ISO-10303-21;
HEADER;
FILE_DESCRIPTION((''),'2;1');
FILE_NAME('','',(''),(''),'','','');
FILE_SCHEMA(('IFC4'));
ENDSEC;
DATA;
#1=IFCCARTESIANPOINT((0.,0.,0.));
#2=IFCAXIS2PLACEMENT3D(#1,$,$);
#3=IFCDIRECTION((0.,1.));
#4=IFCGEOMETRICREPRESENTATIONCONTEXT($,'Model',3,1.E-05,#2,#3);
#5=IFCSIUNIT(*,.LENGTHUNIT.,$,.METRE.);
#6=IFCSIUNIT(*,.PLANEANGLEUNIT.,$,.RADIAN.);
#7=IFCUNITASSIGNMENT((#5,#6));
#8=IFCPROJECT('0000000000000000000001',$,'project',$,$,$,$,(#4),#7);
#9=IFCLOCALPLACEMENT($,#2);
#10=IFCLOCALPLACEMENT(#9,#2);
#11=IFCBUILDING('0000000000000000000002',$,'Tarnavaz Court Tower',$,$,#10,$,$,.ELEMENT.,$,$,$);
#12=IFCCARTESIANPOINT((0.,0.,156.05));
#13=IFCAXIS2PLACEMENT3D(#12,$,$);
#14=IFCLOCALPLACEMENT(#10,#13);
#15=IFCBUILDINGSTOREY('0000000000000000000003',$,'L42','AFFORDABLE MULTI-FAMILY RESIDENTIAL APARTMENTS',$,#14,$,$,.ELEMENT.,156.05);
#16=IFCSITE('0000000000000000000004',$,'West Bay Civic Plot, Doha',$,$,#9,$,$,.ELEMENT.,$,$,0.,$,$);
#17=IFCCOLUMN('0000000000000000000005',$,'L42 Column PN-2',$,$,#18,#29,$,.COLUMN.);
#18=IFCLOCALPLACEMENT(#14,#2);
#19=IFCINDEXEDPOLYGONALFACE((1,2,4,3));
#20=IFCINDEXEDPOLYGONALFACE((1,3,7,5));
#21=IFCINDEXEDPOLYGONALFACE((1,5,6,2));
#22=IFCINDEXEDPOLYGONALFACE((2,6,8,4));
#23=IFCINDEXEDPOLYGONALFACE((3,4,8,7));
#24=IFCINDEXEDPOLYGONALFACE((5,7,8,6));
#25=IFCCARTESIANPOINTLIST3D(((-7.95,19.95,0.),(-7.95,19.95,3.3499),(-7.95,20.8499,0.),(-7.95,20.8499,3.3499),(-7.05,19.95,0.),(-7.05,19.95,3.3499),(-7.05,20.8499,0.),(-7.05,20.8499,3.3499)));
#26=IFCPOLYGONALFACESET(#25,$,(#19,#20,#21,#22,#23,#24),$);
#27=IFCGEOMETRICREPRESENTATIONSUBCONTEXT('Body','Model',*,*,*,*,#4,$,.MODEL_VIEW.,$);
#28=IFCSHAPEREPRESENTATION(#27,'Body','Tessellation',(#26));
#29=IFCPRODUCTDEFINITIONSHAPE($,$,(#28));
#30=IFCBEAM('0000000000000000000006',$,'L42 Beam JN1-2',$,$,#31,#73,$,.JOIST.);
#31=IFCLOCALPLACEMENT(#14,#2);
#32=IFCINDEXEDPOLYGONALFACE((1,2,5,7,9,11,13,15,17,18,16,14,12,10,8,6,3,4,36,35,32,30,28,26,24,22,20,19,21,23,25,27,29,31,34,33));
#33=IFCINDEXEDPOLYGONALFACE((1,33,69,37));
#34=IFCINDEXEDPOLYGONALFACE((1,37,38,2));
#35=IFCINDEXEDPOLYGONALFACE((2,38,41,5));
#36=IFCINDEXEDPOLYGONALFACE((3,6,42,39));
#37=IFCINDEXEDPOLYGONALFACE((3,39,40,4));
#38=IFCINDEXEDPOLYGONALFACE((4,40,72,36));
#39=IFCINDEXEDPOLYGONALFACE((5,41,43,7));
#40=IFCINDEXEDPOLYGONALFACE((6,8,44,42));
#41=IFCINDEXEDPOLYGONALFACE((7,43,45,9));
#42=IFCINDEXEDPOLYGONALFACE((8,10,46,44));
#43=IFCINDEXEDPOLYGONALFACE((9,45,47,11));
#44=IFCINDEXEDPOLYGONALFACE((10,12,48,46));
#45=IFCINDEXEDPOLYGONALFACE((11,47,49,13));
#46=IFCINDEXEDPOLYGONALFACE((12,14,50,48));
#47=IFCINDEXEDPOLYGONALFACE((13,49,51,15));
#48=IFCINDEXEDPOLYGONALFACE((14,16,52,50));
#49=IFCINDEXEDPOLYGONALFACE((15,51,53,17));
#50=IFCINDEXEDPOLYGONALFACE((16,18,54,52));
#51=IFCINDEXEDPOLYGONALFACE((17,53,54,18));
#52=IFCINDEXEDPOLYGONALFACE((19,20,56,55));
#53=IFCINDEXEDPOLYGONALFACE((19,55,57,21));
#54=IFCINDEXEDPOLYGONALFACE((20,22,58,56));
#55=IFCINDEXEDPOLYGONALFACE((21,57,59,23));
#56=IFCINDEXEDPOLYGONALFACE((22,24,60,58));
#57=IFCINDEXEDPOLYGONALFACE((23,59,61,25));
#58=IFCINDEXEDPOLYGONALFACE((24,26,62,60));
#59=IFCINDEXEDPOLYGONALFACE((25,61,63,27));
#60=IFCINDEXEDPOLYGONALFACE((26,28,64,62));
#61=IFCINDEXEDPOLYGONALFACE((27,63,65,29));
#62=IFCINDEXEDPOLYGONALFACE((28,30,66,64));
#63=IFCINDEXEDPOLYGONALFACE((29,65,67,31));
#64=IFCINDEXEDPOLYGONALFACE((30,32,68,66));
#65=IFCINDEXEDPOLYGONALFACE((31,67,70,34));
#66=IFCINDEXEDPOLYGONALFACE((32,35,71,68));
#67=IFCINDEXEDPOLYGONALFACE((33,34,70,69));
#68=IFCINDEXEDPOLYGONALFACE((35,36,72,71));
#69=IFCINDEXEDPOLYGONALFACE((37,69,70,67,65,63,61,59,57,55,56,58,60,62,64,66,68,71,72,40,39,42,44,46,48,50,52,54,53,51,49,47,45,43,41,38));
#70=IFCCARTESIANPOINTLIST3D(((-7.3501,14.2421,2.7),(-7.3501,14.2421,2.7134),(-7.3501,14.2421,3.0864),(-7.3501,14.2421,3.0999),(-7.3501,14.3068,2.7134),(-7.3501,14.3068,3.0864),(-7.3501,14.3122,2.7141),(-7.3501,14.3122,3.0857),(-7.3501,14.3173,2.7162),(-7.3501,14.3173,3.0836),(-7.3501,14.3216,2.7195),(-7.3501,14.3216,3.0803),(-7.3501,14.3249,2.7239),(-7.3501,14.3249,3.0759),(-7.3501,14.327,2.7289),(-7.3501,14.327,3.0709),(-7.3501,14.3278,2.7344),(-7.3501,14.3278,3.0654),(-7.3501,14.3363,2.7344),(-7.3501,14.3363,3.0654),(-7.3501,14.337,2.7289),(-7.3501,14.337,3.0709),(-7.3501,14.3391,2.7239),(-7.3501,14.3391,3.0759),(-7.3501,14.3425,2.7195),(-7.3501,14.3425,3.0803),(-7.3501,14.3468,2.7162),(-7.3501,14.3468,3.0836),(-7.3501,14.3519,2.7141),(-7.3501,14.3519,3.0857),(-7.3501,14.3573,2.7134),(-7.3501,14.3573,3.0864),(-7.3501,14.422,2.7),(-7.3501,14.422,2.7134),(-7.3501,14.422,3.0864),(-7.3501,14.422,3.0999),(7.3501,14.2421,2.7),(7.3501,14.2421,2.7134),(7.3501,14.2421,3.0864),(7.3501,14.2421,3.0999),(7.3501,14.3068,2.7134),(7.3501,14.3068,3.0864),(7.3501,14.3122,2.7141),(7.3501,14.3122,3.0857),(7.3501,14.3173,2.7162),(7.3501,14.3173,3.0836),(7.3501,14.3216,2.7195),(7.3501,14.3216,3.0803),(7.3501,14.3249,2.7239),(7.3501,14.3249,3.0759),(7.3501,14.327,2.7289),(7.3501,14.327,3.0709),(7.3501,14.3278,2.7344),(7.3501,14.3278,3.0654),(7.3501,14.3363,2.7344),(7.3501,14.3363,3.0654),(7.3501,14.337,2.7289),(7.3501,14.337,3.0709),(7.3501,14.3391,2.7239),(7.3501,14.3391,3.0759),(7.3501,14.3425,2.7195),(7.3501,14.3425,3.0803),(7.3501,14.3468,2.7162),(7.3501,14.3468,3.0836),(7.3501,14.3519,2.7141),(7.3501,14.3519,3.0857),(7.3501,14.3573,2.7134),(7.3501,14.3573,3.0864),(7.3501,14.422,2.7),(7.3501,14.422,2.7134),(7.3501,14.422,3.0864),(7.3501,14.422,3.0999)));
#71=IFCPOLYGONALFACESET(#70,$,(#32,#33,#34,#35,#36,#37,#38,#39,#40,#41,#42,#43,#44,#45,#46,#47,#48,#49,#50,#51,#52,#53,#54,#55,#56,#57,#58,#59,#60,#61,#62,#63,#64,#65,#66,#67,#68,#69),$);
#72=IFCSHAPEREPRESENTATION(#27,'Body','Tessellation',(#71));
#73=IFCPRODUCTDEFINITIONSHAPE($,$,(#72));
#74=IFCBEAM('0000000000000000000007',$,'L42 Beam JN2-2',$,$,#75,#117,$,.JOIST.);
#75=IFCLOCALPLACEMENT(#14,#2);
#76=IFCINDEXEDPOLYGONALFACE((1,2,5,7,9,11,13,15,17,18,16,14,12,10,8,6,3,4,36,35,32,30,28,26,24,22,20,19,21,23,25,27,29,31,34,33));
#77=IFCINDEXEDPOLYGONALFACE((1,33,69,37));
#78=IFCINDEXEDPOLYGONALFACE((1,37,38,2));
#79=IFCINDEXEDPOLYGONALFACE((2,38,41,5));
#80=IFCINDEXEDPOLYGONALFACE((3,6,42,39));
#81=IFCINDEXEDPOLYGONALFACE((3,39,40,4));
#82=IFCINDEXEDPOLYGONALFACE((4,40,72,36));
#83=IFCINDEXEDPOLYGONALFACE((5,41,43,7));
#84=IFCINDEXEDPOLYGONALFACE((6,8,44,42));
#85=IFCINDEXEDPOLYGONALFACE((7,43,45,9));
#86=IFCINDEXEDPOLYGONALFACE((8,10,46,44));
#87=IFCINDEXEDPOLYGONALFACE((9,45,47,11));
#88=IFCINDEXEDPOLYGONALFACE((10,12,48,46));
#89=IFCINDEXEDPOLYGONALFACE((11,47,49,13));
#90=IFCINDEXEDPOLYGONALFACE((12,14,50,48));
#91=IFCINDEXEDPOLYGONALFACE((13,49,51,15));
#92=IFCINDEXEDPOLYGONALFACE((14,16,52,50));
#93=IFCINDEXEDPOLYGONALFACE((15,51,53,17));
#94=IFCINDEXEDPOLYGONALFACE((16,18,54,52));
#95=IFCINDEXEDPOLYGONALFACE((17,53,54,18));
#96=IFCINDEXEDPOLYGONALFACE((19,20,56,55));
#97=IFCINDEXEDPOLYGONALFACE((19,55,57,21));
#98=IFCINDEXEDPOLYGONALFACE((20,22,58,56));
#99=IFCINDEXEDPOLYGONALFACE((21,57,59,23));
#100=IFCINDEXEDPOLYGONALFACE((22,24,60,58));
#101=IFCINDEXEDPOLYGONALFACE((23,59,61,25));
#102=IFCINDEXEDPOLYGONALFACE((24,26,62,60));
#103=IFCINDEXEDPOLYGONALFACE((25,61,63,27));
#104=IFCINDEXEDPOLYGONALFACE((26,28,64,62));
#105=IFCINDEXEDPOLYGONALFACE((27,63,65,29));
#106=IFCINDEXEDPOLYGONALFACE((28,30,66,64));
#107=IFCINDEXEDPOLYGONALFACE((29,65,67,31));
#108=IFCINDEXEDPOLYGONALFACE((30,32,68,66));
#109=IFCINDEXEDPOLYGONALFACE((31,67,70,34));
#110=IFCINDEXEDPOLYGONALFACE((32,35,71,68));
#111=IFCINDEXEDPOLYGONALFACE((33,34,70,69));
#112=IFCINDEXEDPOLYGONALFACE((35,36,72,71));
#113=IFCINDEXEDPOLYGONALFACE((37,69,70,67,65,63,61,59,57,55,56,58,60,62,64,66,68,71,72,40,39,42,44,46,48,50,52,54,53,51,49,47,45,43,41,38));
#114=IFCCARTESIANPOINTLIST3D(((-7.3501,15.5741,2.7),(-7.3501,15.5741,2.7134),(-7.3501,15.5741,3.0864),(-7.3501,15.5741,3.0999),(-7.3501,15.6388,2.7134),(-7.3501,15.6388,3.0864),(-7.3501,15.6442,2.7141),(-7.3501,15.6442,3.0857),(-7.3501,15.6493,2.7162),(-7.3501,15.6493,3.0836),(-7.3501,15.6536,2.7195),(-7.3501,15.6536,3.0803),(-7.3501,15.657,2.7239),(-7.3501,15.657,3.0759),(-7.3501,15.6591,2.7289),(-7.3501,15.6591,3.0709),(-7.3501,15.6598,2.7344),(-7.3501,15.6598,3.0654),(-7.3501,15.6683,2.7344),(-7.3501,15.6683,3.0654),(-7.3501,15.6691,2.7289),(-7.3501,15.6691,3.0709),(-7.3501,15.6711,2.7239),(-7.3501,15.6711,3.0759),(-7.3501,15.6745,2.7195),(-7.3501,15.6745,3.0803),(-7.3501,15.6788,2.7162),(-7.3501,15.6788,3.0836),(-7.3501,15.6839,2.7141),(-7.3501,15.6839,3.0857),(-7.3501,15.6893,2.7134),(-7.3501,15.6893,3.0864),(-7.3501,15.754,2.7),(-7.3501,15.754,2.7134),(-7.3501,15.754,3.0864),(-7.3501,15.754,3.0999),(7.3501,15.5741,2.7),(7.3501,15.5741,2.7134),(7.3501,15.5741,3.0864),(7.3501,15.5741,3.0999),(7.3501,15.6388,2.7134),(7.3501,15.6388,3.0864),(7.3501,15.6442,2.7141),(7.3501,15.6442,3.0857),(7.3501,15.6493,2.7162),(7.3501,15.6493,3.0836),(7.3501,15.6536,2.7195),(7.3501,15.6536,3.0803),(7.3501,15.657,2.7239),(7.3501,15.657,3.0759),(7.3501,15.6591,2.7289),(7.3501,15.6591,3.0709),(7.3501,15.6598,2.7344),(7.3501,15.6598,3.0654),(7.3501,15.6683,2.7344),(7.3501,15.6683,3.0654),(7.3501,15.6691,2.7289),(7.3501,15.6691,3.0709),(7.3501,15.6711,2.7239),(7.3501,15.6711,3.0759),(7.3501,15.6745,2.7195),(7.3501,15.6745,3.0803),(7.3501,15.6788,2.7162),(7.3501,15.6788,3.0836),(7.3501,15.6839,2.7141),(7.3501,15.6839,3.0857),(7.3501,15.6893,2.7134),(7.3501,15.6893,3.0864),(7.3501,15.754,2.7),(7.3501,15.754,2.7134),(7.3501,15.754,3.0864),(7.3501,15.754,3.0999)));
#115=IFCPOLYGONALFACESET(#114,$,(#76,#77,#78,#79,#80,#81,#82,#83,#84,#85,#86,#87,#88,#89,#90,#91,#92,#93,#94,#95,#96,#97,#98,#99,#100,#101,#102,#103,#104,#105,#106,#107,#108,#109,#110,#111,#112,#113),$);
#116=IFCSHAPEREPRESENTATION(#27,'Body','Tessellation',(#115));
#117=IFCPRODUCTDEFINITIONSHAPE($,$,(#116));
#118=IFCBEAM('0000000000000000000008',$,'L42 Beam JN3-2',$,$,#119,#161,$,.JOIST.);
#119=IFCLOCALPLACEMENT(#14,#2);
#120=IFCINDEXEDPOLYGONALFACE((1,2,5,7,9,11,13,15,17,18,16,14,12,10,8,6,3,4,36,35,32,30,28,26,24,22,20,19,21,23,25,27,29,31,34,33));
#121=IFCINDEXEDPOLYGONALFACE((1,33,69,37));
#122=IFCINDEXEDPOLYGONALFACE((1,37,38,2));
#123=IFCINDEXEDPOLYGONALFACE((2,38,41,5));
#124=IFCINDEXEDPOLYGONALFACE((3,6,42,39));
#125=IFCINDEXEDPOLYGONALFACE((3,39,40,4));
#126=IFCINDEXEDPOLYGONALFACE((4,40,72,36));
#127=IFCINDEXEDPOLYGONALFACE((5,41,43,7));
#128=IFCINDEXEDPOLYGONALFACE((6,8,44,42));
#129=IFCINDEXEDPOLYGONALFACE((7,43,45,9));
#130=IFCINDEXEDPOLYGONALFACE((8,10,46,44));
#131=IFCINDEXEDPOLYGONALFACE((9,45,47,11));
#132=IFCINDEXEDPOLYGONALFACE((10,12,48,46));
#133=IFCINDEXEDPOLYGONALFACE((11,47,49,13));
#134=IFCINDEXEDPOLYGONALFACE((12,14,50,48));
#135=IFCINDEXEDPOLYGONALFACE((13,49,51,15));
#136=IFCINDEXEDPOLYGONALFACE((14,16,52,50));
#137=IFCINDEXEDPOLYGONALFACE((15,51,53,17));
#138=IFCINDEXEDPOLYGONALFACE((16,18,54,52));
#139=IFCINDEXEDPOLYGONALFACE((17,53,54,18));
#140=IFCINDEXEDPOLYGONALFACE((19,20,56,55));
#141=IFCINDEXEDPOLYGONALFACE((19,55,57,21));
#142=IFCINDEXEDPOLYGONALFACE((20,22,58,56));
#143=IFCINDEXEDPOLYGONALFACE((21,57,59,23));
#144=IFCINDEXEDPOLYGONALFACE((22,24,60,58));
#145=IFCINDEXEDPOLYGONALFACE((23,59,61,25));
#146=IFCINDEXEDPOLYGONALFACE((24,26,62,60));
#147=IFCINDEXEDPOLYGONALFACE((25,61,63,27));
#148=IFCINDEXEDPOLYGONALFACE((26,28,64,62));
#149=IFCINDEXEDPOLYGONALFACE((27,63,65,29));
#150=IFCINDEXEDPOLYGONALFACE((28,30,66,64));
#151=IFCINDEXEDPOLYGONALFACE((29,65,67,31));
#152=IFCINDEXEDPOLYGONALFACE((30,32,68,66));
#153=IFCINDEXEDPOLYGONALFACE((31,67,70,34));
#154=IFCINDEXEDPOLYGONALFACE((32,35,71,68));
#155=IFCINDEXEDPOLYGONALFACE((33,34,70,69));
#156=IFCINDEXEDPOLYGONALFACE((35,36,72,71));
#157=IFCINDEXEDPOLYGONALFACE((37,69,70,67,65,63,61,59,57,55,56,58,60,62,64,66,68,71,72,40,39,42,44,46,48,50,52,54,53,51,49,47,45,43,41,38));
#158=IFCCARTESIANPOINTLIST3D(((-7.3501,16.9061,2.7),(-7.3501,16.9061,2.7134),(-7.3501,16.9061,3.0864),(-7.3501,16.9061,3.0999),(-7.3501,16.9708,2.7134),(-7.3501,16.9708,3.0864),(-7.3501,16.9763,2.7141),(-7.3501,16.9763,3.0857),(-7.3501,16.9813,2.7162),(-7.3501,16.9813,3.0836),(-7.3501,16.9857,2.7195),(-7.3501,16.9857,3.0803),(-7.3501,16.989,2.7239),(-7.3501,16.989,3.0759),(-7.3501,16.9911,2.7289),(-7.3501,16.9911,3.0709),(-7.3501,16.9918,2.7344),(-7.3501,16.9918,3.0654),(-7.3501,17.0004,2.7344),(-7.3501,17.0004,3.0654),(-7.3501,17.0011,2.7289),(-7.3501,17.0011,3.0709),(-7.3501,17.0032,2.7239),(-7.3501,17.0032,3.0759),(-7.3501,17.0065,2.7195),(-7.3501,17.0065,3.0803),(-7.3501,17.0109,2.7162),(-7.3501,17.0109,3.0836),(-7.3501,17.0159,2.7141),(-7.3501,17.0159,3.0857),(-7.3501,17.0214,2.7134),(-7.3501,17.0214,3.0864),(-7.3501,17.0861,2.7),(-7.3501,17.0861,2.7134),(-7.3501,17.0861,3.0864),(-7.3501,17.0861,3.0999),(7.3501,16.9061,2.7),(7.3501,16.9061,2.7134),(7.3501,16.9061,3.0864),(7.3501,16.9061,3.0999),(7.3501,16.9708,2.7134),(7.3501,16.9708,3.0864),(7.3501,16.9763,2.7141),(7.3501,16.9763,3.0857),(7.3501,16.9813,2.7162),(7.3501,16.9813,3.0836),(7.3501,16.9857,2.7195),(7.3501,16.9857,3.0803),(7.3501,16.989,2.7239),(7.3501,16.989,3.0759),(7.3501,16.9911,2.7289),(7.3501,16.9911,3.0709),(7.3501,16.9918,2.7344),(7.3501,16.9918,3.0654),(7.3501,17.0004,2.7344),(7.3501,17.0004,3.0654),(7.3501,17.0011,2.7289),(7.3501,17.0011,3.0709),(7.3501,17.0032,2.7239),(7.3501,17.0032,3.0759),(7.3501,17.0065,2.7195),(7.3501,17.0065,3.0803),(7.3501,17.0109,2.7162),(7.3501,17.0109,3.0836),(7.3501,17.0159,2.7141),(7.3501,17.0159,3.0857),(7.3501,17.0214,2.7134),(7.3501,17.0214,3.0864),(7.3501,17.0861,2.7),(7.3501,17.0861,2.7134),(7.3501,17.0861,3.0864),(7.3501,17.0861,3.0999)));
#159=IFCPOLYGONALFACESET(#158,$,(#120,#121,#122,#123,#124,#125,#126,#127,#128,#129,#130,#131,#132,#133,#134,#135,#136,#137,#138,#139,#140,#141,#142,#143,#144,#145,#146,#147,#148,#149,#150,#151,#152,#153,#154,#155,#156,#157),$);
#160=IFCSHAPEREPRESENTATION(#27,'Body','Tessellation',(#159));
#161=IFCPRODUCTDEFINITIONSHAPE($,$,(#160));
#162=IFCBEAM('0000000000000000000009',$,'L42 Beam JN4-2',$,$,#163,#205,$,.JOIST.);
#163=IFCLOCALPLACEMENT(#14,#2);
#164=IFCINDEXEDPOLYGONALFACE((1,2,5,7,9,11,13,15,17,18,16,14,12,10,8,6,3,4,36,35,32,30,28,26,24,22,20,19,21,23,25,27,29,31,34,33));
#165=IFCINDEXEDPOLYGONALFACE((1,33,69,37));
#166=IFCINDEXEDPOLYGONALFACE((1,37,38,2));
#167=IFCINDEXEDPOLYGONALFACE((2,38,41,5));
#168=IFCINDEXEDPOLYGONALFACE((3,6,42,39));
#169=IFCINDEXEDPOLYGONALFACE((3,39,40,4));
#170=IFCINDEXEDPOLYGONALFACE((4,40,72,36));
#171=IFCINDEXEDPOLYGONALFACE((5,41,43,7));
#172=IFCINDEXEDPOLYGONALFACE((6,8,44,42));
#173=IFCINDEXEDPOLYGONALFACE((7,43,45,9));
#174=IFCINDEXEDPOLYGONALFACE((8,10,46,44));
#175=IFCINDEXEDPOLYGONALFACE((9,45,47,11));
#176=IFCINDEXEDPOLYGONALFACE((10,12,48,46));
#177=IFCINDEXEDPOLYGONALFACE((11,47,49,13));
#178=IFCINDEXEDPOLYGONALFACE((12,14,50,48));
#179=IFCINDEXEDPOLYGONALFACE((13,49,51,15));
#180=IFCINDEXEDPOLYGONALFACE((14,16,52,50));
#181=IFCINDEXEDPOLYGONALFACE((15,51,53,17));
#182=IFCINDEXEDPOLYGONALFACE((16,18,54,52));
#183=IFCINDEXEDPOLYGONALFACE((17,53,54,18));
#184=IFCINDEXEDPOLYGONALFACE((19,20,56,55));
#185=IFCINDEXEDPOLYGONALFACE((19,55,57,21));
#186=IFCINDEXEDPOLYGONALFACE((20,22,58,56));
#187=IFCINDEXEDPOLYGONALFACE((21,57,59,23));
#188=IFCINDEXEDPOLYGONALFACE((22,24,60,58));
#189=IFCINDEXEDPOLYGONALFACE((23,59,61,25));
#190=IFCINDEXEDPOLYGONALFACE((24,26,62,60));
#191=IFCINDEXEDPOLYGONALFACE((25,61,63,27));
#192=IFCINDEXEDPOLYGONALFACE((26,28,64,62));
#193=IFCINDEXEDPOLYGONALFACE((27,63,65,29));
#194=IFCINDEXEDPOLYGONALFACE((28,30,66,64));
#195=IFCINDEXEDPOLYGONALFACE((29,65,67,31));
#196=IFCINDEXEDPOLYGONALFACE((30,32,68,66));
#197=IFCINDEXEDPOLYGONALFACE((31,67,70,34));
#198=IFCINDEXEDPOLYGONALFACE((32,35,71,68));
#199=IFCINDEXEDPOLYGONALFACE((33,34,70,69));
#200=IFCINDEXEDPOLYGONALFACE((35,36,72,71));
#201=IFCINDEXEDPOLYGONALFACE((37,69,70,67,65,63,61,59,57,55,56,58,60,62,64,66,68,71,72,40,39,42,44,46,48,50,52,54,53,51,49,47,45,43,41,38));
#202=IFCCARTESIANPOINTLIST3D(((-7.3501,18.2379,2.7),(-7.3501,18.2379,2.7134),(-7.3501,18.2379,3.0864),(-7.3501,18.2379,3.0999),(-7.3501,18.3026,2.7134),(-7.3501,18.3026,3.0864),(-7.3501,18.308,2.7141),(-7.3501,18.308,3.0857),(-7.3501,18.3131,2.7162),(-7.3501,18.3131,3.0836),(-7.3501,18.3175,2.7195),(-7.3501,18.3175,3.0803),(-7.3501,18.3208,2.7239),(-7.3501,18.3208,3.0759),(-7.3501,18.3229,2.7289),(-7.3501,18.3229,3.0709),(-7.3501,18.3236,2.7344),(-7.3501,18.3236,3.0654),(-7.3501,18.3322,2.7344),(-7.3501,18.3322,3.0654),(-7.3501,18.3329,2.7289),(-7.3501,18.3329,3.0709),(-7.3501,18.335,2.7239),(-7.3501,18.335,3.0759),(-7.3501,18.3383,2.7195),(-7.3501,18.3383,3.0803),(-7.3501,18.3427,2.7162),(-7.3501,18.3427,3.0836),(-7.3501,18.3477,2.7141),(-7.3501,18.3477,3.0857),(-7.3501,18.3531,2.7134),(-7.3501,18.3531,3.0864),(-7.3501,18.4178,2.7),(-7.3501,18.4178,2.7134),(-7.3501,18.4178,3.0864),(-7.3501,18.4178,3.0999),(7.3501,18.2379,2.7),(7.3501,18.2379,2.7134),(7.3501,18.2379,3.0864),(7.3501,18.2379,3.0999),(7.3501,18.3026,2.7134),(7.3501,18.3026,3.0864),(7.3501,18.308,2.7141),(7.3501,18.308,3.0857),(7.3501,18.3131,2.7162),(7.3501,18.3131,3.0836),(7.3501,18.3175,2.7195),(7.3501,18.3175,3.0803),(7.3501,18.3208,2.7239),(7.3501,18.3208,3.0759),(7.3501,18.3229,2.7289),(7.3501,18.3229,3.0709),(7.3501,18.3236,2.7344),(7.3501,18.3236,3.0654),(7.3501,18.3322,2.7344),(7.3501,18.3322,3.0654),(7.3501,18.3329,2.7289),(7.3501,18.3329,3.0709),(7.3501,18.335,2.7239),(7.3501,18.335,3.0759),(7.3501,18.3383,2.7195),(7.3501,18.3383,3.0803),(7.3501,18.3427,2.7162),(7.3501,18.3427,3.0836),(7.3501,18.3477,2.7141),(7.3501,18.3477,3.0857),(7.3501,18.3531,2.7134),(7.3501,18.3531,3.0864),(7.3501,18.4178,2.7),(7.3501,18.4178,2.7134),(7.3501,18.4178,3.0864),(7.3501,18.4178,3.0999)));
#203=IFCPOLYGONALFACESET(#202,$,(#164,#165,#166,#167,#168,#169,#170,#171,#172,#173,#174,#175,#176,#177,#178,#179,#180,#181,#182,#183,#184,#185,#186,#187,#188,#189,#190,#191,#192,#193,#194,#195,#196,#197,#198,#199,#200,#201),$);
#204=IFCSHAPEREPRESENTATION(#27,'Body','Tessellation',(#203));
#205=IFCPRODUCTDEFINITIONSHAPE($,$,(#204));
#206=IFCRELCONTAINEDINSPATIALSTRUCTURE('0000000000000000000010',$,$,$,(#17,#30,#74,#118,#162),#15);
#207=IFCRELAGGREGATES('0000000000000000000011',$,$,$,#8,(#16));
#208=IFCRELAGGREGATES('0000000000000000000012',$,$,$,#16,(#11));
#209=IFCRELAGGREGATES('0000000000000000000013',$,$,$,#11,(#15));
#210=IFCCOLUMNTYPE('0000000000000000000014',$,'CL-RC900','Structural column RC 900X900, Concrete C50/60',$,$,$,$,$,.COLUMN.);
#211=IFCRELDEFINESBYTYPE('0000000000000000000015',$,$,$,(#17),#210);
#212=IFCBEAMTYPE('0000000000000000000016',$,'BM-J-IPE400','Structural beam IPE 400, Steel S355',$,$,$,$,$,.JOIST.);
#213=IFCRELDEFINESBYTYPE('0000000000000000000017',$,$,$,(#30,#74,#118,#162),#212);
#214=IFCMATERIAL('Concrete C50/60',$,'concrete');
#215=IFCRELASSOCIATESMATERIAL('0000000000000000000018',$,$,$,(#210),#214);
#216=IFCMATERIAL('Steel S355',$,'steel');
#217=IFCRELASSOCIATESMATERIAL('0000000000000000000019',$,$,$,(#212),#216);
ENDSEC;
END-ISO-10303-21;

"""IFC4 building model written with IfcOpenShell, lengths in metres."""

from ifc_helpers import new_model, si_unit, direction, frame, origin, origin_2d, place, context, subcontext, project, spatial, rectangle, i_section, extrude, material, material_profile, profile_set, type_object, element, save


model = new_model("IFC4")

# Units and contexts
model_context = context("Model", 3, precision=1e-05, world=origin(), true_north=direction((0.0, 1.0)))
body_context = subcontext(model_context, "Body", "Model", "MODEL_VIEW")
ifc_project = project(units=[si_unit("LENGTHUNIT", "METRE"), si_unit("PLANEANGLEUNIT", "RADIAN")], contexts=[model_context])

# Site, building, storey
site_placement = place(None, origin())
site = spatial("IfcSite", under=ifc_project, at=site_placement, Name="West Bay Civic Plot, Doha", CompositionType="ELEMENT", RefElevation=0.0)
building_placement = place(site_placement, origin())
building = spatial("IfcBuilding", under=site, at=building_placement, Name="Tarnavaz Court Tower", CompositionType="ELEMENT")
storey_placement = place(building_placement, frame((0.0, 0.0, 156.05)))
storey = spatial("IfcBuildingStorey", under=building, at=storey_placement, Name="L42", Description="AFFORDABLE MULTI-FAMILY RESIDENTIAL APARTMENTS", CompositionType="ELEMENT", Elevation=156.05)

# Column
ifc_material_1 = material(Name="Concrete C50/60", Category="concrete")
ifc_material_profile_1 = material_profile(ifc_material_1, rectangle(XDim=0.8999, YDim=0.8999, at=origin_2d()), Name="RC 900X900")
ifc_profile_set_1 = profile_set([ifc_material_profile_1], Name="Concrete C50/60")
column_type = type_object("IfcColumnType", Name="CL-RC900", Description="Structural column RC 900X900, Concrete C50/60", PredefinedType="COLUMN", material=ifc_profile_set_1)
column_placement = place(storey_placement, frame((-7.5, 20.3999, 0.0), z_axis=(0.0, 0.0, 1.0), x_axis=(1.0, 0.0, 0.0)))
element("IfcColumn", 1, at=column_placement, inside=storey, type_object=column_type, Name="L42 Column PN-2", PredefinedType="COLUMN", context=body_context, shape_type="SweptSolid", body=[
    extrude(rectangle(XDim=0.8999, YDim=0.8999, at=origin_2d()), origin(), (0.0, 0.0, 1.0), 3.3499),
])

# Beams
ifc_material_2 = material(Name="Steel S355", Category="steel")
ifc_material_profile_2 = material_profile(ifc_material_2, i_section(OverallWidth=0.1799, OverallDepth=0.3999, WebThickness=0.0085, FlangeThickness=0.0134, FilletRadius=0.021, at=origin_2d()), Name="IPE 400")
ifc_profile_set_2 = profile_set([ifc_material_profile_2], Name="Steel S355")
beam_type_1 = type_object("IfcBeamType", Name="BM-J-IPE400", Description="Structural beam IPE 400, Steel S355", PredefinedType="JOIST", material=ifc_profile_set_2)
for number, where, z_axis, x_axis, name in (
    (2, (-7.3501, 14.332, 2.8999), (1.0, 0.0, 0.0), (0.0, 1.0, 0.0), "L42 Beam JN1-2"),
    (3, (-7.3501, 15.6641, 2.8999), (1.0, 0.0, 0.0), (0.0, 1.0, 0.0), "L42 Beam JN2-2"),
    (4, (-7.3501, 16.9961, 2.8999), (1.0, 0.0, 0.0), (0.0, 1.0, 0.0), "L42 Beam JN3-2"),
    (5, (-7.3501, 18.3279, 2.8999), (1.0, 0.0, 0.0), (0.0, 1.0, 0.0), "L42 Beam JN4-2"),
):
    element("IfcBeam", number, at=place(storey_placement, frame(where, z_axis=z_axis, x_axis=x_axis)), inside=storey, type_object=beam_type_1, Name=name, PredefinedType="JOIST", context=body_context, shape_type="SweptSolid", body=[
        extrude(i_section(OverallWidth=0.1799, OverallDepth=0.3999, WebThickness=0.0085, FlangeThickness=0.0134, FilletRadius=0.021, at=origin_2d()), origin(), (0.0, 0.0, 1.0), 14.7002),
    ])

save(model, "model.ifc")
